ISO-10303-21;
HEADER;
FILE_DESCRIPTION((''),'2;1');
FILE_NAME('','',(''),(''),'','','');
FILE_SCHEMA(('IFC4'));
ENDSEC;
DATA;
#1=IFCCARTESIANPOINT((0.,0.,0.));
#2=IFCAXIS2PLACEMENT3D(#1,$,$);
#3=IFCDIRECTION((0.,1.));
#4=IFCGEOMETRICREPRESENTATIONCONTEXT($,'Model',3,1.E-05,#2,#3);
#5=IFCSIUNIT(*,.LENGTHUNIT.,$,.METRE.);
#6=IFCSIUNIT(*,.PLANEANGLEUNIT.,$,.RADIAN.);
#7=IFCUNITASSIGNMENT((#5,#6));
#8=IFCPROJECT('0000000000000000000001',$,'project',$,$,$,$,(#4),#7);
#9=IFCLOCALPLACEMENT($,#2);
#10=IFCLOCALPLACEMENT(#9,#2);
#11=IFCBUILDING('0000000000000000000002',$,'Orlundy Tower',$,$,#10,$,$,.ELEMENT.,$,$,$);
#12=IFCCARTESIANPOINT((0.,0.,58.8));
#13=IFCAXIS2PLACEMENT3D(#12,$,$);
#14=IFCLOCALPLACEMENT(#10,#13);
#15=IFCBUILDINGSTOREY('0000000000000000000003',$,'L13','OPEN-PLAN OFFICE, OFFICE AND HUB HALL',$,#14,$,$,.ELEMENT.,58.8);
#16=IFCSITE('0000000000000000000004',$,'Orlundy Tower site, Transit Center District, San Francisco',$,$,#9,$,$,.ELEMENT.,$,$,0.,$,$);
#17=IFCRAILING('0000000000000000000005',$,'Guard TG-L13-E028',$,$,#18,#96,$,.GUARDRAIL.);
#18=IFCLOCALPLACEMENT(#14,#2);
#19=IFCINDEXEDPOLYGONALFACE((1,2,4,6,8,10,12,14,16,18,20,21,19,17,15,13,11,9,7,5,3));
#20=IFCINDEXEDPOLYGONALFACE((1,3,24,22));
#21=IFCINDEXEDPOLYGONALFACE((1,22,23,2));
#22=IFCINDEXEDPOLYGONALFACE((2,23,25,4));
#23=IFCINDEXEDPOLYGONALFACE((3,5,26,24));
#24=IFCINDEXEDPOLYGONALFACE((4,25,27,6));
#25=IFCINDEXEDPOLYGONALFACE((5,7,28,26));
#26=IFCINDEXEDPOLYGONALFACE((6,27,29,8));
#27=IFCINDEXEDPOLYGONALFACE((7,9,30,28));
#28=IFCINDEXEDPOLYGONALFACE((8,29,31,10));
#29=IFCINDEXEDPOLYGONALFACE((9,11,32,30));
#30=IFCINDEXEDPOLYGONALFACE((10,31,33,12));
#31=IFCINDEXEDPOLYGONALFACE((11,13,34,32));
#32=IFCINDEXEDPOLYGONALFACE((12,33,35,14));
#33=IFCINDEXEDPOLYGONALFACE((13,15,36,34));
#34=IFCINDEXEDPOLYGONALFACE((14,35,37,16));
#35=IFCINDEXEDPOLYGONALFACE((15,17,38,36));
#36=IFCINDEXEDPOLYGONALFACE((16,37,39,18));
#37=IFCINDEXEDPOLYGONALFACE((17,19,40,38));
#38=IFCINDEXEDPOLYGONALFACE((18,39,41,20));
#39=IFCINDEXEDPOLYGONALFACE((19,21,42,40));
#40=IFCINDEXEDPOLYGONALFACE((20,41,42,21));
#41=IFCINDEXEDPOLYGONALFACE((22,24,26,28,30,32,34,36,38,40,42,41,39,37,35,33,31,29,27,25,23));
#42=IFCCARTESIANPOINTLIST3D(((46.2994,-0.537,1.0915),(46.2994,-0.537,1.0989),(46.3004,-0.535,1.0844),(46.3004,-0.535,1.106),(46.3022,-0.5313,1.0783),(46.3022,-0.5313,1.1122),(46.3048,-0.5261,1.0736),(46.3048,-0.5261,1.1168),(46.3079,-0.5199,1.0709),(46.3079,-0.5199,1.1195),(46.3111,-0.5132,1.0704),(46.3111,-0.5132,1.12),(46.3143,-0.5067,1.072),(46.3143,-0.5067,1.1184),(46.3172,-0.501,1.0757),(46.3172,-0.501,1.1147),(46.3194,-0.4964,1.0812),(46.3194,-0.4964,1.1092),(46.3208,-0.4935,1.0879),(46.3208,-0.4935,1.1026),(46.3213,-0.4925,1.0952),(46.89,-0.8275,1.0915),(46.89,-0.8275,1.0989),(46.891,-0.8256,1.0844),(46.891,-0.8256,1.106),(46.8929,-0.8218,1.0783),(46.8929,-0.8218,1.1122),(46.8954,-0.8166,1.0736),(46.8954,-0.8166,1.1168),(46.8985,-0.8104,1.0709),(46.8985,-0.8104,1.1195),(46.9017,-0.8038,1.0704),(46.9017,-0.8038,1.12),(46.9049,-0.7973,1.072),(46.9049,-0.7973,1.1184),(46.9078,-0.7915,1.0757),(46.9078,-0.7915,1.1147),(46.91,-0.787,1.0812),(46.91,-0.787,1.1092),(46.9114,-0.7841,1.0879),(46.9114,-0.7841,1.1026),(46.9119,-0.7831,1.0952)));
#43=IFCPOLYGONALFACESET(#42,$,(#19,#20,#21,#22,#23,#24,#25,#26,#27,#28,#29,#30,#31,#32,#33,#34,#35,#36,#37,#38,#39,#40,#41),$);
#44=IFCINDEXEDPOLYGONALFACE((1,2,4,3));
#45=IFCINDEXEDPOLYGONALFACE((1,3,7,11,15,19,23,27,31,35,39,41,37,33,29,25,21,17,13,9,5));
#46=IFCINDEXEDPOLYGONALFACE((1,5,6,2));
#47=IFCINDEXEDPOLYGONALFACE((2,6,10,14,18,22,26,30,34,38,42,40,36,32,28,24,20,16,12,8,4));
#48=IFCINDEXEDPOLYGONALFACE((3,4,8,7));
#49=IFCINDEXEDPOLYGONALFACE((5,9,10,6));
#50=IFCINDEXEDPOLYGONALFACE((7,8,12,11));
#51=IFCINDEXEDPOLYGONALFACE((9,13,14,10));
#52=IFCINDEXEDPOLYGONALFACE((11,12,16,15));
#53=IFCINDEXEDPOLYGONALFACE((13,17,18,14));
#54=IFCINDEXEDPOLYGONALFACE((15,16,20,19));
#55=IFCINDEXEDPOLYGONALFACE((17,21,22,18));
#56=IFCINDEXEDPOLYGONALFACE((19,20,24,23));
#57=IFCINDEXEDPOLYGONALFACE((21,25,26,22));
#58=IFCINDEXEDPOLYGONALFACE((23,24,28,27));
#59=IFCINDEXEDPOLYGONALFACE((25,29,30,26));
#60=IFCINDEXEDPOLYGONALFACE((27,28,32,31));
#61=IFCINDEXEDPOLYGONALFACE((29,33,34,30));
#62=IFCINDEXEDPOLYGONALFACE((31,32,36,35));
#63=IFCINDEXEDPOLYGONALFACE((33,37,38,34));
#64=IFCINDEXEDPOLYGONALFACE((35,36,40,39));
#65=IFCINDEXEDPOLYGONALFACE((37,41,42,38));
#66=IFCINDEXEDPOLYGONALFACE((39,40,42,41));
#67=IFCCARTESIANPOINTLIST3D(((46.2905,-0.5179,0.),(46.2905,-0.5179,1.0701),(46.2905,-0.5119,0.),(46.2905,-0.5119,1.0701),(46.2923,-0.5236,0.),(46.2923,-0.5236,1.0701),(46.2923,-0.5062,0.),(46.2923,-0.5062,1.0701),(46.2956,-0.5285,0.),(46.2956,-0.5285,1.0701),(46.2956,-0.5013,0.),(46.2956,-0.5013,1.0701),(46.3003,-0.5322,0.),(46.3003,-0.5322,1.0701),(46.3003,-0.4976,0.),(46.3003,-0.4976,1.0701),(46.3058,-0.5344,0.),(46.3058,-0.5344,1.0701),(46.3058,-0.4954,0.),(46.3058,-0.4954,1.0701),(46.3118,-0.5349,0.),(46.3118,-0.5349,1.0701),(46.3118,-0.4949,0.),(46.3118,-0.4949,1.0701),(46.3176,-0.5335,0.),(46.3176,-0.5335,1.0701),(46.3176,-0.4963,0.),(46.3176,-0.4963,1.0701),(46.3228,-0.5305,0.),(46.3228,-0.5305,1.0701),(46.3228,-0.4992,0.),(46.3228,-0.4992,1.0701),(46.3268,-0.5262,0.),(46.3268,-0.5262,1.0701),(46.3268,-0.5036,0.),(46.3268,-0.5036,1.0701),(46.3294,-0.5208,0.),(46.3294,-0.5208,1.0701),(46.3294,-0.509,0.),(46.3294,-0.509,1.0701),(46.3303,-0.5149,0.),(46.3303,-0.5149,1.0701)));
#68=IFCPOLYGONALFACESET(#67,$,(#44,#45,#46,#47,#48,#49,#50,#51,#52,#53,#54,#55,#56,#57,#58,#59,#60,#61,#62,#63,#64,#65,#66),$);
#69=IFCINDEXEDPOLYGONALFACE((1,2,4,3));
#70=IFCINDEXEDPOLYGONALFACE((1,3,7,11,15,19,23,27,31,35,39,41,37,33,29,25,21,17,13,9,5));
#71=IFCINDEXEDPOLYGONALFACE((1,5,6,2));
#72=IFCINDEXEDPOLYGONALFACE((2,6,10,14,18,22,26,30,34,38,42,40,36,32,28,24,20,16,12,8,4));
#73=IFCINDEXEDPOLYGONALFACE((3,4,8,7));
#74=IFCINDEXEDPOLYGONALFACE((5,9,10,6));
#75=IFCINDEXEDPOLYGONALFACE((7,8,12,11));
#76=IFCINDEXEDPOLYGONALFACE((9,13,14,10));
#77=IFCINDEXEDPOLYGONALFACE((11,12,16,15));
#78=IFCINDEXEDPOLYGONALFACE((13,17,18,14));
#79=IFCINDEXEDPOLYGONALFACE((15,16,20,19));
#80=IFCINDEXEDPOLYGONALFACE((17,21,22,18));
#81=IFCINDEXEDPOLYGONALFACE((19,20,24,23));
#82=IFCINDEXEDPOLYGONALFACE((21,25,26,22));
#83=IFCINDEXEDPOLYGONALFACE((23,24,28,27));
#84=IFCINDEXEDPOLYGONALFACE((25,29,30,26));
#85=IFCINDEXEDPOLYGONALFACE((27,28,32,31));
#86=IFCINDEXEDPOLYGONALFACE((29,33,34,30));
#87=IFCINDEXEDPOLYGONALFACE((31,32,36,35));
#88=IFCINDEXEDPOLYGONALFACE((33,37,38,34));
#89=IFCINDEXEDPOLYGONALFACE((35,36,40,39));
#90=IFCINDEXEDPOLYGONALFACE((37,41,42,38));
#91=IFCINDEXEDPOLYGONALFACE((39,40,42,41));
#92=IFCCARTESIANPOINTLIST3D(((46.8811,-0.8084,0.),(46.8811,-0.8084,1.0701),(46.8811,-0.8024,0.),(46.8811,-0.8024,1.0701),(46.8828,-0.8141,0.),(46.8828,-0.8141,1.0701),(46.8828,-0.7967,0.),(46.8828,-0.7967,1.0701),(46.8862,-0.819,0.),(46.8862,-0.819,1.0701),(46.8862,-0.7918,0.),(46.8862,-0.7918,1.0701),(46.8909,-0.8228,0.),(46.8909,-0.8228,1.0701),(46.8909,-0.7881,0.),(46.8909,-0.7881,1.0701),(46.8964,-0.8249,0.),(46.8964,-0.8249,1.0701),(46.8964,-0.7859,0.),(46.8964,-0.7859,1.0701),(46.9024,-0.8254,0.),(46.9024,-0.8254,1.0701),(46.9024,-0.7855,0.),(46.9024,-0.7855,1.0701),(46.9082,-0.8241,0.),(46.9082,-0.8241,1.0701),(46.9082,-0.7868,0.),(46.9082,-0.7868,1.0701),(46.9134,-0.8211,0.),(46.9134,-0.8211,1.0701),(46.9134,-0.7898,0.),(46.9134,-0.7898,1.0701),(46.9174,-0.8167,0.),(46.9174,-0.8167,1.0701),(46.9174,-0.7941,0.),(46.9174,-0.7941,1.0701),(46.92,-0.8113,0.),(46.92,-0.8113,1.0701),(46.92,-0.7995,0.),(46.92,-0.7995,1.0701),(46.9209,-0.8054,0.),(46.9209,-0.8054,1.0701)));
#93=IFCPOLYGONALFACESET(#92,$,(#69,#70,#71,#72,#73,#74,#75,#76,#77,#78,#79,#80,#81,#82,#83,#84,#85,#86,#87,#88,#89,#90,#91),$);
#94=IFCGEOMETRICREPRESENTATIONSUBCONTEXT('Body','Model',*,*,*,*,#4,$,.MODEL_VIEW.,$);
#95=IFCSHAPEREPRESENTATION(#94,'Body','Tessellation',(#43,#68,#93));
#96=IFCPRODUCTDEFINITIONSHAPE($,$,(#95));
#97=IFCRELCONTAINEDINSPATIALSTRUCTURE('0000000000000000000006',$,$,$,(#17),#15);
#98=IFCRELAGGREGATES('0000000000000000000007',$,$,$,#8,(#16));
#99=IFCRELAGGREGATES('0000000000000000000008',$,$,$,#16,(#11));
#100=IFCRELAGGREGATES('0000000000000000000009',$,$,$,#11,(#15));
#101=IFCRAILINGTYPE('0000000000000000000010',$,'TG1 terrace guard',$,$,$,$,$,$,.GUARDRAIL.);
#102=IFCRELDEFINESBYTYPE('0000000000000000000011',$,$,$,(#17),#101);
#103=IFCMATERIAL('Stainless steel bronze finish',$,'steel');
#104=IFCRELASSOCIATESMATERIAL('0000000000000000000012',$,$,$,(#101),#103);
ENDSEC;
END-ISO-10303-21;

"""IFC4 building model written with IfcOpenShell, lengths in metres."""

from ifc_helpers import new_model, si_unit, direction, frame, origin, origin_2d, place, context, subcontext, project, spatial, circle, extrude, material, type_object, element, save


model = new_model("IFC4")

# Units and contexts
model_context = context("Model", 3, precision=1e-05, world=origin(), true_north=direction((0.0, 1.0)))
body_context = subcontext(model_context, "Body", "Model", "MODEL_VIEW")
ifc_project = project(units=[si_unit("LENGTHUNIT", "METRE"), si_unit("PLANEANGLEUNIT", "RADIAN")], contexts=[model_context])

# Site, building, storey
site_placement = place(None, origin())
site = spatial("IfcSite", under=ifc_project, at=site_placement, Name="Orlundy Tower site, Transit Center District, San Francisco", CompositionType="ELEMENT", RefElevation=0.0)
building_placement = place(site_placement, origin())
building = spatial("IfcBuilding", under=site, at=building_placement, Name="Orlundy Tower", CompositionType="ELEMENT")
storey_placement = place(building_placement, frame((0.0, 0.0, 58.8)))
storey = spatial("IfcBuildingStorey", under=building, at=storey_placement, Name="L13", Description="OPEN-PLAN OFFICE, OFFICE AND HUB HALL", CompositionType="ELEMENT", Elevation=58.8)

# Railing
ifc_material_1 = material(Name="Stainless steel bronze finish", Category="steel")
railing_type = type_object("IfcRailingType", Name="TG1 terrace guard", PredefinedType="GUARDRAIL", material=ifc_material_1)
railing_1_placement = place(storey_placement, frame((46.3103, -0.5149, 0.0)))
element("IfcRailing", 1, at=railing_1_placement, inside=storey, type_object=railing_type, Name="Guard TG-L13-E028", PredefinedType="GUARDRAIL", context=body_context, shape_type="SweptSolid", body=[
    extrude(circle(Radius=0.0249, at=origin_2d()), frame((0.0, 0.0, 1.0952), z_axis=(0.897302, -0.441418, 0.0), x_axis=(0.441418, 0.897302, 0.0)), (0.0, 0.0, 1.0), 0.6582),
    extrude(circle(Radius=0.02, at=origin_2d()), origin(), (0.0, 0.0, 1.0), 1.0701),
    extrude(circle(Radius=0.02, at=origin_2d()), frame((0.5906, -0.2905, 0.0)), (0.0, 0.0, 1.0), 1.0701),
])

save(model, "model.ifc")
